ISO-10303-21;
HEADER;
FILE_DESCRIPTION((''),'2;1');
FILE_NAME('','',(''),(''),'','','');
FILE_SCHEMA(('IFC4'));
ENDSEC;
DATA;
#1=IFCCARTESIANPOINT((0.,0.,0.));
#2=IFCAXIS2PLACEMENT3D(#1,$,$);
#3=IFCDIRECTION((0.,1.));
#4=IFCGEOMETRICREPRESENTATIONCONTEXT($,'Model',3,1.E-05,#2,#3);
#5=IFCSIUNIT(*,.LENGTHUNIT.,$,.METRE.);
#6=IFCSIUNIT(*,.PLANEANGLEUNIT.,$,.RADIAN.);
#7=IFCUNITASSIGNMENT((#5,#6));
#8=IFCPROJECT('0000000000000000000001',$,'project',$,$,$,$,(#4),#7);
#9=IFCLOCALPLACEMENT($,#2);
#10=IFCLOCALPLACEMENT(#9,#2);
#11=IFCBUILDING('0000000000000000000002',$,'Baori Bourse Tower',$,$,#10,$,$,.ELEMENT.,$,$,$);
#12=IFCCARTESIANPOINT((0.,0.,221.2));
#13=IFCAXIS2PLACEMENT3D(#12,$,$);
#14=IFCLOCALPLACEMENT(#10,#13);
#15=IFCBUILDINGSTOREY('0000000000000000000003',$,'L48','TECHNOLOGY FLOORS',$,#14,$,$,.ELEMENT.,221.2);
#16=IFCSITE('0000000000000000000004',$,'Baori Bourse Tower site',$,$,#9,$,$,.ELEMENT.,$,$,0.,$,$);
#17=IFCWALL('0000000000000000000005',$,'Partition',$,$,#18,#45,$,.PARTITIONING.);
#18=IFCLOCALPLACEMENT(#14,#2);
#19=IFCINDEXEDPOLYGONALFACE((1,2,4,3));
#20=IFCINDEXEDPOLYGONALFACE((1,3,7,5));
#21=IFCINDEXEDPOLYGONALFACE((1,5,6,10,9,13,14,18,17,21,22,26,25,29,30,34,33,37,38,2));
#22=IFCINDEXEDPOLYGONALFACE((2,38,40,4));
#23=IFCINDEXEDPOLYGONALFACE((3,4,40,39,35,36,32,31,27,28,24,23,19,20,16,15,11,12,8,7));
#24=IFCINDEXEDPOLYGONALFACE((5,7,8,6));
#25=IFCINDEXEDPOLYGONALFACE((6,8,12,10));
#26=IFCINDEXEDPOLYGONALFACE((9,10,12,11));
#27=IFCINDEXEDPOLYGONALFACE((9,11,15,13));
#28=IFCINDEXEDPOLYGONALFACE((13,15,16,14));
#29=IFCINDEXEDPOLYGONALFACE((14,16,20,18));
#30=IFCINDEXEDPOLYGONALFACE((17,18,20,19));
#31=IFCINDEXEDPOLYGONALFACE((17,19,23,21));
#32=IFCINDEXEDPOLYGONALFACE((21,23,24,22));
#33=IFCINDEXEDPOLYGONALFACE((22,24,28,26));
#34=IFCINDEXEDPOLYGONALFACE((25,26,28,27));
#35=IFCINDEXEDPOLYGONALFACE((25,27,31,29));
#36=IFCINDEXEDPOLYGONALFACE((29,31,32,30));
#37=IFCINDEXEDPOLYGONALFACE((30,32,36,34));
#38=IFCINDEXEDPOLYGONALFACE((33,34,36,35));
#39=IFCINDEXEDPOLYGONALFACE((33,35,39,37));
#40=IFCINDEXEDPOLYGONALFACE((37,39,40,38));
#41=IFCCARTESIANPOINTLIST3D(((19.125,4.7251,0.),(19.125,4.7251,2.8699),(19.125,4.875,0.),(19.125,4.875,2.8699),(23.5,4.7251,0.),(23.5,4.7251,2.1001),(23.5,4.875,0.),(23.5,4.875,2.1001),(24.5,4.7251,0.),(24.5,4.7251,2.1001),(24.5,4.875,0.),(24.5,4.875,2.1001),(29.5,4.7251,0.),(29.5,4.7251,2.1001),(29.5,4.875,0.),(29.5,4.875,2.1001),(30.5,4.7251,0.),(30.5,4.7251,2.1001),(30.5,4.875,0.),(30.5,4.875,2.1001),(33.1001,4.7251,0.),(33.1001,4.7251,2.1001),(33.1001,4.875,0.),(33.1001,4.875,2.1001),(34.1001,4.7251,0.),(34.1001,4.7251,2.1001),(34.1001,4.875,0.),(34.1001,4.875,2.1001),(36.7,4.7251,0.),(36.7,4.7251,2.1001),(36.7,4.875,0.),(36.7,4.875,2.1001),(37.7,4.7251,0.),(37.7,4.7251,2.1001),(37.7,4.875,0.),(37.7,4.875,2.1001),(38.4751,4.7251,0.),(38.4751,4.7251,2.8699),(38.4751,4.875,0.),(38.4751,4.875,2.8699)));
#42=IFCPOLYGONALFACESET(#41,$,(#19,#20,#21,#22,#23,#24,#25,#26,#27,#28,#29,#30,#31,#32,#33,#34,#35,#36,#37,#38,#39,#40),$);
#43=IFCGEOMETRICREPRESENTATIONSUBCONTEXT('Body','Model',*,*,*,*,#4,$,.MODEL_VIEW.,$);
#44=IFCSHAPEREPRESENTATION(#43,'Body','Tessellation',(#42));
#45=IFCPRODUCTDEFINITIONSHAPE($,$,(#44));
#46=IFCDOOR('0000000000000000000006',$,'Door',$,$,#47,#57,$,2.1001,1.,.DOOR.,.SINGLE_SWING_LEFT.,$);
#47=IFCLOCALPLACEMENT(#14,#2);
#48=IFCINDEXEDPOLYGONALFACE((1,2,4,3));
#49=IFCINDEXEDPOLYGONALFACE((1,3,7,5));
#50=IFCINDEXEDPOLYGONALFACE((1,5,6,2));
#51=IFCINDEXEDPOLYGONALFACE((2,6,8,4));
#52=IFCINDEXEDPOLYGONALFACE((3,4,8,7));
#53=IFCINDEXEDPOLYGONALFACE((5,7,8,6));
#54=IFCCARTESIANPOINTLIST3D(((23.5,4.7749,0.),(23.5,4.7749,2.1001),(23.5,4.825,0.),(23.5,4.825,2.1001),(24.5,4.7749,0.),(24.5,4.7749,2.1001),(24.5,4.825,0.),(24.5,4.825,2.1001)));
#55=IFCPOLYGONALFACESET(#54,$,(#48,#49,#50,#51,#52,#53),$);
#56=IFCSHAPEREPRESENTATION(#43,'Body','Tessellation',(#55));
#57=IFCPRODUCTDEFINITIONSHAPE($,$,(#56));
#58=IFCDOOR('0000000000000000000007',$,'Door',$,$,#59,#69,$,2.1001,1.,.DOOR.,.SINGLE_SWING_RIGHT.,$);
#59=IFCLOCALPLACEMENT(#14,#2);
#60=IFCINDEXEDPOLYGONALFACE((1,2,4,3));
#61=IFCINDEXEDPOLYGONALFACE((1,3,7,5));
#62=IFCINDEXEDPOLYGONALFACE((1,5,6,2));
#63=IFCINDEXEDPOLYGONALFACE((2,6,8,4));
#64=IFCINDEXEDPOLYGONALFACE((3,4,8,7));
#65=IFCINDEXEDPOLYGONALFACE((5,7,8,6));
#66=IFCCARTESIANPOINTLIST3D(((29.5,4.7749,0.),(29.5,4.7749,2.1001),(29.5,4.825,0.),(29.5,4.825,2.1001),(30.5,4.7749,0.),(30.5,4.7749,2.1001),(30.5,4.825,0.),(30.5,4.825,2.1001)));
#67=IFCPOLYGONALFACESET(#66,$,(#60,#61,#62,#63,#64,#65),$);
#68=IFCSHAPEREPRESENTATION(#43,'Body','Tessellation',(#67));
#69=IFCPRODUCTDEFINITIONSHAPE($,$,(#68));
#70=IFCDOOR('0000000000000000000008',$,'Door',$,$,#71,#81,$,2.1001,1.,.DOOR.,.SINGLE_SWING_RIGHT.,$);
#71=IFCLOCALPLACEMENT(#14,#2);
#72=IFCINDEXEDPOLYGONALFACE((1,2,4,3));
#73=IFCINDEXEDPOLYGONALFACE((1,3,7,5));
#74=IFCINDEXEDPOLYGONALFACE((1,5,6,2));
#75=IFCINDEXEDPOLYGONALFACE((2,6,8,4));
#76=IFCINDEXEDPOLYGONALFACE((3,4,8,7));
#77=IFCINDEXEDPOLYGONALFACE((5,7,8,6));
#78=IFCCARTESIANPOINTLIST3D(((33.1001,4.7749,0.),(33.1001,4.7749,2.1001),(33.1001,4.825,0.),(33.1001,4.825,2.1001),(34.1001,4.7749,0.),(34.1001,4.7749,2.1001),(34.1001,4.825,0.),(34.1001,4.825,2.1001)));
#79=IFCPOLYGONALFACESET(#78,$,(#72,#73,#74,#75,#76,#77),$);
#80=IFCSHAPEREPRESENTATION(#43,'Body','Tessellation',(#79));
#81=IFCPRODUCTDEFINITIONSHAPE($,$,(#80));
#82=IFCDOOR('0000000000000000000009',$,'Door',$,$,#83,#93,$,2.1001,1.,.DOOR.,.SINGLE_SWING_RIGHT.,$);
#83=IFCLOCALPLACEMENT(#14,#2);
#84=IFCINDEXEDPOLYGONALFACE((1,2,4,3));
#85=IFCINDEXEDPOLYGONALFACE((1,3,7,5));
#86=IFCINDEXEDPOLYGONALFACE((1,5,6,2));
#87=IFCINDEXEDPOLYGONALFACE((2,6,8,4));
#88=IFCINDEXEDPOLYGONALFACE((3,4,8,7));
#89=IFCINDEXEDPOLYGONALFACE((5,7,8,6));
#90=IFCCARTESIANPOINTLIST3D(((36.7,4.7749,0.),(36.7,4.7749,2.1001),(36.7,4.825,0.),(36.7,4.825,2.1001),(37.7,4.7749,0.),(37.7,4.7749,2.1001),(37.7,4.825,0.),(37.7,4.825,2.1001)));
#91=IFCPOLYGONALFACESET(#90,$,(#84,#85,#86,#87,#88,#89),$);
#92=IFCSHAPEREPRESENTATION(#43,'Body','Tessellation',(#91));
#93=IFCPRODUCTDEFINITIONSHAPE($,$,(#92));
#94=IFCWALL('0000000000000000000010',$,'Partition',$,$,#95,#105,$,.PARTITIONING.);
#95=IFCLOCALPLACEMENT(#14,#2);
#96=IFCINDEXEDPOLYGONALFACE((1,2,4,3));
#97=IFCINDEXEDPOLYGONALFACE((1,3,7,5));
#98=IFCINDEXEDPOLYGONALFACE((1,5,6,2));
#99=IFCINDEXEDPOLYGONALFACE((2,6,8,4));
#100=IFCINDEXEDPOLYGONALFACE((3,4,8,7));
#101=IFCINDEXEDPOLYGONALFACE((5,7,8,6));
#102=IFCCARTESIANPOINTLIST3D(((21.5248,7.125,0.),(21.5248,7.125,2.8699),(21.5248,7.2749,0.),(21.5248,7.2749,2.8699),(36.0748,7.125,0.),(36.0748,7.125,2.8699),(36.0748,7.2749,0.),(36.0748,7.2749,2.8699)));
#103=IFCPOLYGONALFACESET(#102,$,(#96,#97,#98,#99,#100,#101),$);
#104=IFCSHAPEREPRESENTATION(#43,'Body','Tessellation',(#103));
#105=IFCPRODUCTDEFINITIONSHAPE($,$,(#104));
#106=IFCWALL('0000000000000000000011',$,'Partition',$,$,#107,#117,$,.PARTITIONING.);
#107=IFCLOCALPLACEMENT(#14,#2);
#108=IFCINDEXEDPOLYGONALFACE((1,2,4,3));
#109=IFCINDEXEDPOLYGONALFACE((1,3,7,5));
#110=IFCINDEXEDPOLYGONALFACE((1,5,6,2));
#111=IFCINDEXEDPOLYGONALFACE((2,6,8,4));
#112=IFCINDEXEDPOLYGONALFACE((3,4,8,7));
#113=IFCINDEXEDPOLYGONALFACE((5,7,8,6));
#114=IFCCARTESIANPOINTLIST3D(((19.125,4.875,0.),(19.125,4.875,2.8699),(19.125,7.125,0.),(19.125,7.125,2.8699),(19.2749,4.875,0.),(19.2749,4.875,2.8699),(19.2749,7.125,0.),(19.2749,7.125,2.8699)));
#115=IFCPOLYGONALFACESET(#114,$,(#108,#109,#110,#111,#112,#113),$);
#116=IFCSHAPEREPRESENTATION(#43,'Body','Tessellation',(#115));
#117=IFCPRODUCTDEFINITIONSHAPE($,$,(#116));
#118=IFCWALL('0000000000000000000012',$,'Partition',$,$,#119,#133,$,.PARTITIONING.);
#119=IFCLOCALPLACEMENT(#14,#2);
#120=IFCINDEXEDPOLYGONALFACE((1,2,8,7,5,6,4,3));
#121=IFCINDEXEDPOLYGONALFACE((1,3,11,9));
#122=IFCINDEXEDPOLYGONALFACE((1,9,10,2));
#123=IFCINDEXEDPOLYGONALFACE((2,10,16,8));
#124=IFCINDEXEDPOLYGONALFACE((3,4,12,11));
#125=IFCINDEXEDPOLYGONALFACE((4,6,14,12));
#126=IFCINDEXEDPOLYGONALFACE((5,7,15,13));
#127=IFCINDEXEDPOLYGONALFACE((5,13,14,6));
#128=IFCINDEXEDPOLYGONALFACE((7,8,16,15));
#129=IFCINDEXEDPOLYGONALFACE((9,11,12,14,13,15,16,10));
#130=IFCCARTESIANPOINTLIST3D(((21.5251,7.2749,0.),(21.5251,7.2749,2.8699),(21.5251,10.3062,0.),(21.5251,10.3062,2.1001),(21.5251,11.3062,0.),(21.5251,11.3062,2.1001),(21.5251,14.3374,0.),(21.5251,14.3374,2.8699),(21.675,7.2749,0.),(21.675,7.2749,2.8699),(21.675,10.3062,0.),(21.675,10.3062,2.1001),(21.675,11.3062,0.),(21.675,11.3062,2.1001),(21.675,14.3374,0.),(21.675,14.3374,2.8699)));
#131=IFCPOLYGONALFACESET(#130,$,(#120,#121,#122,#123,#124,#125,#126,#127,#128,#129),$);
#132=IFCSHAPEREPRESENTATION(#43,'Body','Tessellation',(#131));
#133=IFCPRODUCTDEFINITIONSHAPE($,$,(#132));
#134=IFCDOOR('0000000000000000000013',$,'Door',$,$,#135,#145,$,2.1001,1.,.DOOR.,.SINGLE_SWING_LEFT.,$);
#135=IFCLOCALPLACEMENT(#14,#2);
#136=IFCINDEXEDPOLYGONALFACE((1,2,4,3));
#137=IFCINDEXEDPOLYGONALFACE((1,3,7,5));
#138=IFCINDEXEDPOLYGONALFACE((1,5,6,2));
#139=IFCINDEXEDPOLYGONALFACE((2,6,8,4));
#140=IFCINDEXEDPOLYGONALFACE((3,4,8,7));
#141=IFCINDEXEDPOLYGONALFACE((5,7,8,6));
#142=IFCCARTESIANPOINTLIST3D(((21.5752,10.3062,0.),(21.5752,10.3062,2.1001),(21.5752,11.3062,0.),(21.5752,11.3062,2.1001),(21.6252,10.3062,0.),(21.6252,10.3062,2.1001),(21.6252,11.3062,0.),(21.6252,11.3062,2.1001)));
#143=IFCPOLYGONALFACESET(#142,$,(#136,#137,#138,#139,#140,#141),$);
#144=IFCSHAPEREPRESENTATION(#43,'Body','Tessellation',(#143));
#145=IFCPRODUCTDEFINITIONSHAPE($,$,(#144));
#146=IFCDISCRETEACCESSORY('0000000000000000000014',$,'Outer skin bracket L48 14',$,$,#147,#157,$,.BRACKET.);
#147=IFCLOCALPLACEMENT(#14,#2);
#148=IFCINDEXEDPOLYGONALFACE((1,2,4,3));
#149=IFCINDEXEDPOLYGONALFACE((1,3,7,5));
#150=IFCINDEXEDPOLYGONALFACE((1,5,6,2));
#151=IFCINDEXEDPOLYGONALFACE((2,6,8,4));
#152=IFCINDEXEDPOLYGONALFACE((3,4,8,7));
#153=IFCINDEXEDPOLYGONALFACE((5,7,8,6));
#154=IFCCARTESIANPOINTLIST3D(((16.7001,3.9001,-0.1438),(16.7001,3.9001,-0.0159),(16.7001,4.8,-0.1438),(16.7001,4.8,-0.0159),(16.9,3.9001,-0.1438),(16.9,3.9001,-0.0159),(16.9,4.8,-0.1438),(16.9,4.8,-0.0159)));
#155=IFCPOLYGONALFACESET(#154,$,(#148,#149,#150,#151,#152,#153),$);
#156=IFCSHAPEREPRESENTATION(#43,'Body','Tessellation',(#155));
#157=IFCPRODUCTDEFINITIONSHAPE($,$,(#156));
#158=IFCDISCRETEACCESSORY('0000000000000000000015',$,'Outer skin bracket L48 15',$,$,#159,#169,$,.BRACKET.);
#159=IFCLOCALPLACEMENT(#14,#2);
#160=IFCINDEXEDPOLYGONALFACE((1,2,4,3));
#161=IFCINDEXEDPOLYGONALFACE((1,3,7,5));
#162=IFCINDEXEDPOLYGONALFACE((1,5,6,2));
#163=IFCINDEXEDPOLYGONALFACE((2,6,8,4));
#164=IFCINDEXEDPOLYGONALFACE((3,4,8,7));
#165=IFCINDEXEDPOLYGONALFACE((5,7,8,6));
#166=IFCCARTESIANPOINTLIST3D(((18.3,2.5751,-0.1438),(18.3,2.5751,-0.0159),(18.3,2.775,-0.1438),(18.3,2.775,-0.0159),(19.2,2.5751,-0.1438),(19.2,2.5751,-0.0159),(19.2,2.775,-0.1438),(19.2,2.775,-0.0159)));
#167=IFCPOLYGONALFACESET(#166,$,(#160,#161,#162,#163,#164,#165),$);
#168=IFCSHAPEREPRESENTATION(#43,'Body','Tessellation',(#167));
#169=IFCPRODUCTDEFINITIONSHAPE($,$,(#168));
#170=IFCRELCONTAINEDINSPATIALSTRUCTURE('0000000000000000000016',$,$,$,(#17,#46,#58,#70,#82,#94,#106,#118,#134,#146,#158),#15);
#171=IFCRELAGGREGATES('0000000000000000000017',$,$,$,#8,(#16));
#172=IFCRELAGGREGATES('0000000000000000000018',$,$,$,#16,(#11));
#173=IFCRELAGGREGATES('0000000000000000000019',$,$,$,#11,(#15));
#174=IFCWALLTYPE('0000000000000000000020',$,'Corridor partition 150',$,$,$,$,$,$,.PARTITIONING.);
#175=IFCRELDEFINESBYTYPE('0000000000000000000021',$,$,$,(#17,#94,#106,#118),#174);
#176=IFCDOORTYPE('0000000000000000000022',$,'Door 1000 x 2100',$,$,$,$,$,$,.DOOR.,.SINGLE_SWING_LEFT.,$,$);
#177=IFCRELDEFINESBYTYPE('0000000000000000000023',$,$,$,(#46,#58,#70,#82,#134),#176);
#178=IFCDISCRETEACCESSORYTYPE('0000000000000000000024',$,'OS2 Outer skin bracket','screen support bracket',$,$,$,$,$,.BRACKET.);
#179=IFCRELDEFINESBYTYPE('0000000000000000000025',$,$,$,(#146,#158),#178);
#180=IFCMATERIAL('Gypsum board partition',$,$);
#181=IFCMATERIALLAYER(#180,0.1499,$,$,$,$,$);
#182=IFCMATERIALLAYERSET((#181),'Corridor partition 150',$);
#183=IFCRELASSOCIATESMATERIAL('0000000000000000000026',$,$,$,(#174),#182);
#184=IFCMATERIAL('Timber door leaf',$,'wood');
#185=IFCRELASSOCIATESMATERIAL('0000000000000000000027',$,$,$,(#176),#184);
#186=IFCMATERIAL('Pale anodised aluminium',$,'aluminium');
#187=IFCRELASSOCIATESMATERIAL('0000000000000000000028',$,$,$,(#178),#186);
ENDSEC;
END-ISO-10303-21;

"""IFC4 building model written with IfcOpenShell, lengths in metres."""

from ifc_helpers import new_model, si_unit, direction, frame, frame_2d, origin, origin_2d, place, context, subcontext, project, spatial, rectangle, extrude, material, layer, layer_set, type_object, element, fill, save


model = new_model("IFC4")

# Units and contexts
model_context = context("Model", 3, precision=1e-05, world=origin(), true_north=direction((0.0, 1.0)))
body_context = subcontext(model_context, "Body", "Model", "MODEL_VIEW")
ifc_project = project(units=[si_unit("LENGTHUNIT", "METRE"), si_unit("PLANEANGLEUNIT", "RADIAN")], contexts=[model_context])

# Site, building, storey
site_placement = place(None, origin())
site = spatial("IfcSite", under=ifc_project, at=site_placement, Name="Baori Bourse Tower site", CompositionType="ELEMENT", RefElevation=0.0)
building_placement = place(site_placement, origin())
building = spatial("IfcBuilding", under=site, at=building_placement, Name="Baori Bourse Tower", CompositionType="ELEMENT")
storey_placement = place(building_placement, frame((0.0, 0.0, 221.2)))
storey = spatial("IfcBuildingStorey", under=building, at=storey_placement, Name="L48", Description="TECHNOLOGY FLOORS", CompositionType="ELEMENT", Elevation=221.2)

# Wall, openings, doors
ifc_material_1 = material(Name="Gypsum board partition")
ifc_layer_1 = layer(ifc_material_1, 0.1499)
ifc_layer_set_1 = layer_set([ifc_layer_1], Name="Corridor partition 150")
wall_type_1 = type_object("IfcWallType", Name="Corridor partition 150", PredefinedType="PARTITIONING", material=ifc_layer_set_1)
wall_1_placement = place(storey_placement, frame((19.125, 4.8, 0.0), z_axis=(0.0, 0.0, 1.0), x_axis=(1.0, 0.0, 0.0)))
wall_1 = element("IfcWall", 1, at=wall_1_placement, inside=storey, type_object=wall_type_1, Name="Partition", PredefinedType="PARTITIONING", context=body_context, shape_type="SweptSolid", body=[
    extrude(rectangle(XDim=19.3501, YDim=0.1499, at=frame_2d((9.675, 0.0))), origin(), (0.0, 0.0, 1.0), 2.8699),
])
opening_1_placement = place(wall_1_placement, frame((4.375, 0.0, 0.0)))
opening_1 = element("IfcOpeningElement", 2, at=opening_1_placement, cuts=wall_1, PredefinedType="OPENING", context=body_context, shape_type="SweptSolid", body=[
    extrude(rectangle(XDim=1.0, YDim=2.1001, at=frame_2d((0.5, 1.05))), frame((0.0, 0.085, 0.0), z_axis=(0.0, -1.0, 0.0), x_axis=(1.0, 0.0, 0.0)), (0.0, 0.0, 1.0), 0.1699),
])
opening_2_placement = place(wall_1_placement, frame((10.375, 0.0, 0.0)))
opening_2 = element("IfcOpeningElement", 3, at=opening_2_placement, cuts=wall_1, PredefinedType="OPENING", context=body_context, shape_type="SweptSolid", body=[
    extrude(rectangle(XDim=1.0, YDim=2.1001, at=frame_2d((0.5, 1.05))), frame((0.0, 0.085, 0.0), z_axis=(0.0, -1.0, 0.0), x_axis=(1.0, 0.0, 0.0)), (0.0, 0.0, 1.0), 0.1699),
])
opening_3_placement = place(wall_1_placement, frame((13.9751, 0.0, 0.0)))
opening_3 = element("IfcOpeningElement", 4, at=opening_3_placement, cuts=wall_1, PredefinedType="OPENING", context=body_context, shape_type="SweptSolid", body=[
    extrude(rectangle(XDim=1.0, YDim=2.1001, at=frame_2d((0.5, 1.05))), frame((0.0, 0.085, 0.0), z_axis=(0.0, -1.0, 0.0), x_axis=(1.0, 0.0, 0.0)), (0.0, 0.0, 1.0), 0.1699),
])
opening_4_placement = place(wall_1_placement, frame((17.575, 0.0, 0.0)))
opening_4 = element("IfcOpeningElement", 5, at=opening_4_placement, cuts=wall_1, PredefinedType="OPENING", context=body_context, shape_type="SweptSolid", body=[
    extrude(rectangle(XDim=1.0, YDim=2.1001, at=frame_2d((0.5, 1.05))), frame((0.0, 0.085, 0.0), z_axis=(0.0, -1.0, 0.0), x_axis=(1.0, 0.0, 0.0)), (0.0, 0.0, 1.0), 0.1699),
])
ifc_material_2 = material(Name="Timber door leaf", Category="wood")
door_type_1 = type_object("IfcDoorType", Name="Door 1000 x 2100", OperationType="SINGLE_SWING_LEFT", PredefinedType="DOOR", material=ifc_material_2)
door_1_placement = place(opening_1_placement, origin())
door_1 = element("IfcDoor", 6, at=door_1_placement, inside=storey, type_object=door_type_1, Name="Door", OperationType="SINGLE_SWING_LEFT", OverallHeight=2.1001, OverallWidth=1.0, PredefinedType="DOOR", context=body_context, shape_type="SweptSolid", body=[
    extrude(rectangle(XDim=1.0, YDim=2.1001, at=frame_2d((0.5, 1.05))), frame((0.0, 0.0249, 0.0), z_axis=(0.0, -1.0, 0.0), x_axis=(1.0, 0.0, 0.0)), (0.0, 0.0, 1.0), 0.05),
])
fill(opening_1, door_1)
door_2_placement = place(opening_2_placement, origin())
door_2 = element("IfcDoor", 7, at=door_2_placement, inside=storey, type_object=door_type_1, Name="Door", OperationType="SINGLE_SWING_RIGHT", OverallHeight=2.1001, OverallWidth=1.0, PredefinedType="DOOR", context=body_context, shape_type="SweptSolid", body=[
    extrude(rectangle(XDim=1.0, YDim=2.1001, at=frame_2d((0.5, 1.05))), frame((0.0, 0.0249, 0.0), z_axis=(0.0, -1.0, 0.0), x_axis=(1.0, 0.0, 0.0)), (0.0, 0.0, 1.0), 0.05),
])
fill(opening_2, door_2)
door_3_placement = place(opening_3_placement, origin())
door_3 = element("IfcDoor", 8, at=door_3_placement, inside=storey, type_object=door_type_1, Name="Door", OperationType="SINGLE_SWING_RIGHT", OverallHeight=2.1001, OverallWidth=1.0, PredefinedType="DOOR", context=body_context, shape_type="SweptSolid", body=[
    extrude(rectangle(XDim=1.0, YDim=2.1001, at=frame_2d((0.5, 1.05))), frame((0.0, 0.0249, 0.0), z_axis=(0.0, -1.0, 0.0), x_axis=(1.0, 0.0, 0.0)), (0.0, 0.0, 1.0), 0.05),
])
fill(opening_3, door_3)
door_4_placement = place(opening_4_placement, origin())
door_4 = element("IfcDoor", 9, at=door_4_placement, inside=storey, type_object=door_type_1, Name="Door", OperationType="SINGLE_SWING_RIGHT", OverallHeight=2.1001, OverallWidth=1.0, PredefinedType="DOOR", context=body_context, shape_type="SweptSolid", body=[
    extrude(rectangle(XDim=1.0, YDim=2.1001, at=frame_2d((0.5, 1.05))), frame((0.0, 0.0249, 0.0), z_axis=(0.0, -1.0, 0.0), x_axis=(1.0, 0.0, 0.0)), (0.0, 0.0, 1.0), 0.05),
])
fill(opening_4, door_4)

# Walls
wall_2_placement = place(storey_placement, frame((21.5249, 7.2, 0.0), z_axis=(0.0, 0.0, 1.0), x_axis=(1.0, 0.0, 0.0)))
element("IfcWall", 10, at=wall_2_placement, inside=storey, type_object=wall_type_1, Name="Partition", PredefinedType="PARTITIONING", context=body_context, shape_type="SweptSolid", body=[
    extrude(rectangle(XDim=14.55, YDim=0.1499, at=frame_2d((7.2749, 0.0))), origin(), (0.0, 0.0, 1.0), 2.8699),
])
wall_3_placement = place(storey_placement, frame((19.2, 4.875, 0.0), z_axis=(0.0, 0.0, 1.0), x_axis=(0.0, 1.0, 0.0)))
element("IfcWall", 11, at=wall_3_placement, inside=storey, type_object=wall_type_1, Name="Partition", PredefinedType="PARTITIONING", context=body_context, shape_type="SweptSolid", body=[
    extrude(rectangle(XDim=2.25, YDim=0.1499, at=frame_2d((1.125, 0.0))), origin(), (0.0, 0.0, 1.0), 2.8699),
])

# Wall, opening, door
wall_4_placement = place(storey_placement, frame((21.6001, 7.2749, 0.0), z_axis=(0.0, 0.0, 1.0), x_axis=(0.0, 1.0, 0.0)))
wall_4 = element("IfcWall", 12, at=wall_4_placement, inside=storey, type_object=wall_type_1, Name="Partition", PredefinedType="PARTITIONING", context=body_context, shape_type="SweptSolid", body=[
    extrude(rectangle(XDim=7.0625, YDim=0.1499, at=frame_2d((3.5312, 0.0))), origin(), (0.0, 0.0, 1.0), 2.8699),
])
opening_5_placement = place(wall_4_placement, frame((3.0312, 0.0, 0.0)))
opening_5 = element("IfcOpeningElement", 13, at=opening_5_placement, cuts=wall_4, PredefinedType="OPENING", context=body_context, shape_type="SweptSolid", body=[
    extrude(rectangle(XDim=1.0, YDim=2.1001, at=frame_2d((0.5, 1.05))), frame((0.0, 0.085, 0.0), z_axis=(0.0, -1.0, 0.0), x_axis=(1.0, 0.0, 0.0)), (0.0, 0.0, 1.0), 0.1699),
])
door_5_placement = place(opening_5_placement, origin())
door_5 = element("IfcDoor", 14, at=door_5_placement, inside=storey, type_object=door_type_1, Name="Door", OperationType="SINGLE_SWING_LEFT", OverallHeight=2.1001, OverallWidth=1.0, PredefinedType="DOOR", context=body_context, shape_type="SweptSolid", body=[
    extrude(rectangle(XDim=1.0, YDim=2.1001, at=frame_2d((0.5, 1.05))), frame((0.0, 0.0249, 0.0), z_axis=(0.0, -1.0, 0.0), x_axis=(1.0, 0.0, 0.0)), (0.0, 0.0, 1.0), 0.05),
])
fill(opening_5, door_5)

# Discrete accessories
ifc_material_3 = material(Name="Pale anodised aluminium", Category="aluminium")
discrete_accessory_type = type_object("IfcDiscreteAccessoryType", Name="OS2 Outer skin bracket", Description="screen support bracket", PredefinedType="BRACKET", material=ifc_material_3)
for number, where, z_axis, x_axis, name in (
    (15, (16.8, 4.3501, -0.1438), (0.0, 0.0, 1.0), (1.0, 0.0, 0.0), "Outer skin bracket L48 14"),
    (16, (18.75, 2.675, -0.1438), (0.0, 0.0, 1.0), (0.0, -1.0, 0.0), "Outer skin bracket L48 15"),
):
    element("IfcDiscreteAccessory", number, at=place(storey_placement, frame(where, z_axis=z_axis, x_axis=x_axis)), inside=storey, type_object=discrete_accessory_type, Name=name, PredefinedType="BRACKET", context=body_context, shape_type="SweptSolid", body=[
        extrude(rectangle(XDim=0.2, YDim=0.8999, at=origin_2d()), origin(), (0.0, 0.0, 1.0), 0.1279),
    ])

save(model, "model.ifc")
